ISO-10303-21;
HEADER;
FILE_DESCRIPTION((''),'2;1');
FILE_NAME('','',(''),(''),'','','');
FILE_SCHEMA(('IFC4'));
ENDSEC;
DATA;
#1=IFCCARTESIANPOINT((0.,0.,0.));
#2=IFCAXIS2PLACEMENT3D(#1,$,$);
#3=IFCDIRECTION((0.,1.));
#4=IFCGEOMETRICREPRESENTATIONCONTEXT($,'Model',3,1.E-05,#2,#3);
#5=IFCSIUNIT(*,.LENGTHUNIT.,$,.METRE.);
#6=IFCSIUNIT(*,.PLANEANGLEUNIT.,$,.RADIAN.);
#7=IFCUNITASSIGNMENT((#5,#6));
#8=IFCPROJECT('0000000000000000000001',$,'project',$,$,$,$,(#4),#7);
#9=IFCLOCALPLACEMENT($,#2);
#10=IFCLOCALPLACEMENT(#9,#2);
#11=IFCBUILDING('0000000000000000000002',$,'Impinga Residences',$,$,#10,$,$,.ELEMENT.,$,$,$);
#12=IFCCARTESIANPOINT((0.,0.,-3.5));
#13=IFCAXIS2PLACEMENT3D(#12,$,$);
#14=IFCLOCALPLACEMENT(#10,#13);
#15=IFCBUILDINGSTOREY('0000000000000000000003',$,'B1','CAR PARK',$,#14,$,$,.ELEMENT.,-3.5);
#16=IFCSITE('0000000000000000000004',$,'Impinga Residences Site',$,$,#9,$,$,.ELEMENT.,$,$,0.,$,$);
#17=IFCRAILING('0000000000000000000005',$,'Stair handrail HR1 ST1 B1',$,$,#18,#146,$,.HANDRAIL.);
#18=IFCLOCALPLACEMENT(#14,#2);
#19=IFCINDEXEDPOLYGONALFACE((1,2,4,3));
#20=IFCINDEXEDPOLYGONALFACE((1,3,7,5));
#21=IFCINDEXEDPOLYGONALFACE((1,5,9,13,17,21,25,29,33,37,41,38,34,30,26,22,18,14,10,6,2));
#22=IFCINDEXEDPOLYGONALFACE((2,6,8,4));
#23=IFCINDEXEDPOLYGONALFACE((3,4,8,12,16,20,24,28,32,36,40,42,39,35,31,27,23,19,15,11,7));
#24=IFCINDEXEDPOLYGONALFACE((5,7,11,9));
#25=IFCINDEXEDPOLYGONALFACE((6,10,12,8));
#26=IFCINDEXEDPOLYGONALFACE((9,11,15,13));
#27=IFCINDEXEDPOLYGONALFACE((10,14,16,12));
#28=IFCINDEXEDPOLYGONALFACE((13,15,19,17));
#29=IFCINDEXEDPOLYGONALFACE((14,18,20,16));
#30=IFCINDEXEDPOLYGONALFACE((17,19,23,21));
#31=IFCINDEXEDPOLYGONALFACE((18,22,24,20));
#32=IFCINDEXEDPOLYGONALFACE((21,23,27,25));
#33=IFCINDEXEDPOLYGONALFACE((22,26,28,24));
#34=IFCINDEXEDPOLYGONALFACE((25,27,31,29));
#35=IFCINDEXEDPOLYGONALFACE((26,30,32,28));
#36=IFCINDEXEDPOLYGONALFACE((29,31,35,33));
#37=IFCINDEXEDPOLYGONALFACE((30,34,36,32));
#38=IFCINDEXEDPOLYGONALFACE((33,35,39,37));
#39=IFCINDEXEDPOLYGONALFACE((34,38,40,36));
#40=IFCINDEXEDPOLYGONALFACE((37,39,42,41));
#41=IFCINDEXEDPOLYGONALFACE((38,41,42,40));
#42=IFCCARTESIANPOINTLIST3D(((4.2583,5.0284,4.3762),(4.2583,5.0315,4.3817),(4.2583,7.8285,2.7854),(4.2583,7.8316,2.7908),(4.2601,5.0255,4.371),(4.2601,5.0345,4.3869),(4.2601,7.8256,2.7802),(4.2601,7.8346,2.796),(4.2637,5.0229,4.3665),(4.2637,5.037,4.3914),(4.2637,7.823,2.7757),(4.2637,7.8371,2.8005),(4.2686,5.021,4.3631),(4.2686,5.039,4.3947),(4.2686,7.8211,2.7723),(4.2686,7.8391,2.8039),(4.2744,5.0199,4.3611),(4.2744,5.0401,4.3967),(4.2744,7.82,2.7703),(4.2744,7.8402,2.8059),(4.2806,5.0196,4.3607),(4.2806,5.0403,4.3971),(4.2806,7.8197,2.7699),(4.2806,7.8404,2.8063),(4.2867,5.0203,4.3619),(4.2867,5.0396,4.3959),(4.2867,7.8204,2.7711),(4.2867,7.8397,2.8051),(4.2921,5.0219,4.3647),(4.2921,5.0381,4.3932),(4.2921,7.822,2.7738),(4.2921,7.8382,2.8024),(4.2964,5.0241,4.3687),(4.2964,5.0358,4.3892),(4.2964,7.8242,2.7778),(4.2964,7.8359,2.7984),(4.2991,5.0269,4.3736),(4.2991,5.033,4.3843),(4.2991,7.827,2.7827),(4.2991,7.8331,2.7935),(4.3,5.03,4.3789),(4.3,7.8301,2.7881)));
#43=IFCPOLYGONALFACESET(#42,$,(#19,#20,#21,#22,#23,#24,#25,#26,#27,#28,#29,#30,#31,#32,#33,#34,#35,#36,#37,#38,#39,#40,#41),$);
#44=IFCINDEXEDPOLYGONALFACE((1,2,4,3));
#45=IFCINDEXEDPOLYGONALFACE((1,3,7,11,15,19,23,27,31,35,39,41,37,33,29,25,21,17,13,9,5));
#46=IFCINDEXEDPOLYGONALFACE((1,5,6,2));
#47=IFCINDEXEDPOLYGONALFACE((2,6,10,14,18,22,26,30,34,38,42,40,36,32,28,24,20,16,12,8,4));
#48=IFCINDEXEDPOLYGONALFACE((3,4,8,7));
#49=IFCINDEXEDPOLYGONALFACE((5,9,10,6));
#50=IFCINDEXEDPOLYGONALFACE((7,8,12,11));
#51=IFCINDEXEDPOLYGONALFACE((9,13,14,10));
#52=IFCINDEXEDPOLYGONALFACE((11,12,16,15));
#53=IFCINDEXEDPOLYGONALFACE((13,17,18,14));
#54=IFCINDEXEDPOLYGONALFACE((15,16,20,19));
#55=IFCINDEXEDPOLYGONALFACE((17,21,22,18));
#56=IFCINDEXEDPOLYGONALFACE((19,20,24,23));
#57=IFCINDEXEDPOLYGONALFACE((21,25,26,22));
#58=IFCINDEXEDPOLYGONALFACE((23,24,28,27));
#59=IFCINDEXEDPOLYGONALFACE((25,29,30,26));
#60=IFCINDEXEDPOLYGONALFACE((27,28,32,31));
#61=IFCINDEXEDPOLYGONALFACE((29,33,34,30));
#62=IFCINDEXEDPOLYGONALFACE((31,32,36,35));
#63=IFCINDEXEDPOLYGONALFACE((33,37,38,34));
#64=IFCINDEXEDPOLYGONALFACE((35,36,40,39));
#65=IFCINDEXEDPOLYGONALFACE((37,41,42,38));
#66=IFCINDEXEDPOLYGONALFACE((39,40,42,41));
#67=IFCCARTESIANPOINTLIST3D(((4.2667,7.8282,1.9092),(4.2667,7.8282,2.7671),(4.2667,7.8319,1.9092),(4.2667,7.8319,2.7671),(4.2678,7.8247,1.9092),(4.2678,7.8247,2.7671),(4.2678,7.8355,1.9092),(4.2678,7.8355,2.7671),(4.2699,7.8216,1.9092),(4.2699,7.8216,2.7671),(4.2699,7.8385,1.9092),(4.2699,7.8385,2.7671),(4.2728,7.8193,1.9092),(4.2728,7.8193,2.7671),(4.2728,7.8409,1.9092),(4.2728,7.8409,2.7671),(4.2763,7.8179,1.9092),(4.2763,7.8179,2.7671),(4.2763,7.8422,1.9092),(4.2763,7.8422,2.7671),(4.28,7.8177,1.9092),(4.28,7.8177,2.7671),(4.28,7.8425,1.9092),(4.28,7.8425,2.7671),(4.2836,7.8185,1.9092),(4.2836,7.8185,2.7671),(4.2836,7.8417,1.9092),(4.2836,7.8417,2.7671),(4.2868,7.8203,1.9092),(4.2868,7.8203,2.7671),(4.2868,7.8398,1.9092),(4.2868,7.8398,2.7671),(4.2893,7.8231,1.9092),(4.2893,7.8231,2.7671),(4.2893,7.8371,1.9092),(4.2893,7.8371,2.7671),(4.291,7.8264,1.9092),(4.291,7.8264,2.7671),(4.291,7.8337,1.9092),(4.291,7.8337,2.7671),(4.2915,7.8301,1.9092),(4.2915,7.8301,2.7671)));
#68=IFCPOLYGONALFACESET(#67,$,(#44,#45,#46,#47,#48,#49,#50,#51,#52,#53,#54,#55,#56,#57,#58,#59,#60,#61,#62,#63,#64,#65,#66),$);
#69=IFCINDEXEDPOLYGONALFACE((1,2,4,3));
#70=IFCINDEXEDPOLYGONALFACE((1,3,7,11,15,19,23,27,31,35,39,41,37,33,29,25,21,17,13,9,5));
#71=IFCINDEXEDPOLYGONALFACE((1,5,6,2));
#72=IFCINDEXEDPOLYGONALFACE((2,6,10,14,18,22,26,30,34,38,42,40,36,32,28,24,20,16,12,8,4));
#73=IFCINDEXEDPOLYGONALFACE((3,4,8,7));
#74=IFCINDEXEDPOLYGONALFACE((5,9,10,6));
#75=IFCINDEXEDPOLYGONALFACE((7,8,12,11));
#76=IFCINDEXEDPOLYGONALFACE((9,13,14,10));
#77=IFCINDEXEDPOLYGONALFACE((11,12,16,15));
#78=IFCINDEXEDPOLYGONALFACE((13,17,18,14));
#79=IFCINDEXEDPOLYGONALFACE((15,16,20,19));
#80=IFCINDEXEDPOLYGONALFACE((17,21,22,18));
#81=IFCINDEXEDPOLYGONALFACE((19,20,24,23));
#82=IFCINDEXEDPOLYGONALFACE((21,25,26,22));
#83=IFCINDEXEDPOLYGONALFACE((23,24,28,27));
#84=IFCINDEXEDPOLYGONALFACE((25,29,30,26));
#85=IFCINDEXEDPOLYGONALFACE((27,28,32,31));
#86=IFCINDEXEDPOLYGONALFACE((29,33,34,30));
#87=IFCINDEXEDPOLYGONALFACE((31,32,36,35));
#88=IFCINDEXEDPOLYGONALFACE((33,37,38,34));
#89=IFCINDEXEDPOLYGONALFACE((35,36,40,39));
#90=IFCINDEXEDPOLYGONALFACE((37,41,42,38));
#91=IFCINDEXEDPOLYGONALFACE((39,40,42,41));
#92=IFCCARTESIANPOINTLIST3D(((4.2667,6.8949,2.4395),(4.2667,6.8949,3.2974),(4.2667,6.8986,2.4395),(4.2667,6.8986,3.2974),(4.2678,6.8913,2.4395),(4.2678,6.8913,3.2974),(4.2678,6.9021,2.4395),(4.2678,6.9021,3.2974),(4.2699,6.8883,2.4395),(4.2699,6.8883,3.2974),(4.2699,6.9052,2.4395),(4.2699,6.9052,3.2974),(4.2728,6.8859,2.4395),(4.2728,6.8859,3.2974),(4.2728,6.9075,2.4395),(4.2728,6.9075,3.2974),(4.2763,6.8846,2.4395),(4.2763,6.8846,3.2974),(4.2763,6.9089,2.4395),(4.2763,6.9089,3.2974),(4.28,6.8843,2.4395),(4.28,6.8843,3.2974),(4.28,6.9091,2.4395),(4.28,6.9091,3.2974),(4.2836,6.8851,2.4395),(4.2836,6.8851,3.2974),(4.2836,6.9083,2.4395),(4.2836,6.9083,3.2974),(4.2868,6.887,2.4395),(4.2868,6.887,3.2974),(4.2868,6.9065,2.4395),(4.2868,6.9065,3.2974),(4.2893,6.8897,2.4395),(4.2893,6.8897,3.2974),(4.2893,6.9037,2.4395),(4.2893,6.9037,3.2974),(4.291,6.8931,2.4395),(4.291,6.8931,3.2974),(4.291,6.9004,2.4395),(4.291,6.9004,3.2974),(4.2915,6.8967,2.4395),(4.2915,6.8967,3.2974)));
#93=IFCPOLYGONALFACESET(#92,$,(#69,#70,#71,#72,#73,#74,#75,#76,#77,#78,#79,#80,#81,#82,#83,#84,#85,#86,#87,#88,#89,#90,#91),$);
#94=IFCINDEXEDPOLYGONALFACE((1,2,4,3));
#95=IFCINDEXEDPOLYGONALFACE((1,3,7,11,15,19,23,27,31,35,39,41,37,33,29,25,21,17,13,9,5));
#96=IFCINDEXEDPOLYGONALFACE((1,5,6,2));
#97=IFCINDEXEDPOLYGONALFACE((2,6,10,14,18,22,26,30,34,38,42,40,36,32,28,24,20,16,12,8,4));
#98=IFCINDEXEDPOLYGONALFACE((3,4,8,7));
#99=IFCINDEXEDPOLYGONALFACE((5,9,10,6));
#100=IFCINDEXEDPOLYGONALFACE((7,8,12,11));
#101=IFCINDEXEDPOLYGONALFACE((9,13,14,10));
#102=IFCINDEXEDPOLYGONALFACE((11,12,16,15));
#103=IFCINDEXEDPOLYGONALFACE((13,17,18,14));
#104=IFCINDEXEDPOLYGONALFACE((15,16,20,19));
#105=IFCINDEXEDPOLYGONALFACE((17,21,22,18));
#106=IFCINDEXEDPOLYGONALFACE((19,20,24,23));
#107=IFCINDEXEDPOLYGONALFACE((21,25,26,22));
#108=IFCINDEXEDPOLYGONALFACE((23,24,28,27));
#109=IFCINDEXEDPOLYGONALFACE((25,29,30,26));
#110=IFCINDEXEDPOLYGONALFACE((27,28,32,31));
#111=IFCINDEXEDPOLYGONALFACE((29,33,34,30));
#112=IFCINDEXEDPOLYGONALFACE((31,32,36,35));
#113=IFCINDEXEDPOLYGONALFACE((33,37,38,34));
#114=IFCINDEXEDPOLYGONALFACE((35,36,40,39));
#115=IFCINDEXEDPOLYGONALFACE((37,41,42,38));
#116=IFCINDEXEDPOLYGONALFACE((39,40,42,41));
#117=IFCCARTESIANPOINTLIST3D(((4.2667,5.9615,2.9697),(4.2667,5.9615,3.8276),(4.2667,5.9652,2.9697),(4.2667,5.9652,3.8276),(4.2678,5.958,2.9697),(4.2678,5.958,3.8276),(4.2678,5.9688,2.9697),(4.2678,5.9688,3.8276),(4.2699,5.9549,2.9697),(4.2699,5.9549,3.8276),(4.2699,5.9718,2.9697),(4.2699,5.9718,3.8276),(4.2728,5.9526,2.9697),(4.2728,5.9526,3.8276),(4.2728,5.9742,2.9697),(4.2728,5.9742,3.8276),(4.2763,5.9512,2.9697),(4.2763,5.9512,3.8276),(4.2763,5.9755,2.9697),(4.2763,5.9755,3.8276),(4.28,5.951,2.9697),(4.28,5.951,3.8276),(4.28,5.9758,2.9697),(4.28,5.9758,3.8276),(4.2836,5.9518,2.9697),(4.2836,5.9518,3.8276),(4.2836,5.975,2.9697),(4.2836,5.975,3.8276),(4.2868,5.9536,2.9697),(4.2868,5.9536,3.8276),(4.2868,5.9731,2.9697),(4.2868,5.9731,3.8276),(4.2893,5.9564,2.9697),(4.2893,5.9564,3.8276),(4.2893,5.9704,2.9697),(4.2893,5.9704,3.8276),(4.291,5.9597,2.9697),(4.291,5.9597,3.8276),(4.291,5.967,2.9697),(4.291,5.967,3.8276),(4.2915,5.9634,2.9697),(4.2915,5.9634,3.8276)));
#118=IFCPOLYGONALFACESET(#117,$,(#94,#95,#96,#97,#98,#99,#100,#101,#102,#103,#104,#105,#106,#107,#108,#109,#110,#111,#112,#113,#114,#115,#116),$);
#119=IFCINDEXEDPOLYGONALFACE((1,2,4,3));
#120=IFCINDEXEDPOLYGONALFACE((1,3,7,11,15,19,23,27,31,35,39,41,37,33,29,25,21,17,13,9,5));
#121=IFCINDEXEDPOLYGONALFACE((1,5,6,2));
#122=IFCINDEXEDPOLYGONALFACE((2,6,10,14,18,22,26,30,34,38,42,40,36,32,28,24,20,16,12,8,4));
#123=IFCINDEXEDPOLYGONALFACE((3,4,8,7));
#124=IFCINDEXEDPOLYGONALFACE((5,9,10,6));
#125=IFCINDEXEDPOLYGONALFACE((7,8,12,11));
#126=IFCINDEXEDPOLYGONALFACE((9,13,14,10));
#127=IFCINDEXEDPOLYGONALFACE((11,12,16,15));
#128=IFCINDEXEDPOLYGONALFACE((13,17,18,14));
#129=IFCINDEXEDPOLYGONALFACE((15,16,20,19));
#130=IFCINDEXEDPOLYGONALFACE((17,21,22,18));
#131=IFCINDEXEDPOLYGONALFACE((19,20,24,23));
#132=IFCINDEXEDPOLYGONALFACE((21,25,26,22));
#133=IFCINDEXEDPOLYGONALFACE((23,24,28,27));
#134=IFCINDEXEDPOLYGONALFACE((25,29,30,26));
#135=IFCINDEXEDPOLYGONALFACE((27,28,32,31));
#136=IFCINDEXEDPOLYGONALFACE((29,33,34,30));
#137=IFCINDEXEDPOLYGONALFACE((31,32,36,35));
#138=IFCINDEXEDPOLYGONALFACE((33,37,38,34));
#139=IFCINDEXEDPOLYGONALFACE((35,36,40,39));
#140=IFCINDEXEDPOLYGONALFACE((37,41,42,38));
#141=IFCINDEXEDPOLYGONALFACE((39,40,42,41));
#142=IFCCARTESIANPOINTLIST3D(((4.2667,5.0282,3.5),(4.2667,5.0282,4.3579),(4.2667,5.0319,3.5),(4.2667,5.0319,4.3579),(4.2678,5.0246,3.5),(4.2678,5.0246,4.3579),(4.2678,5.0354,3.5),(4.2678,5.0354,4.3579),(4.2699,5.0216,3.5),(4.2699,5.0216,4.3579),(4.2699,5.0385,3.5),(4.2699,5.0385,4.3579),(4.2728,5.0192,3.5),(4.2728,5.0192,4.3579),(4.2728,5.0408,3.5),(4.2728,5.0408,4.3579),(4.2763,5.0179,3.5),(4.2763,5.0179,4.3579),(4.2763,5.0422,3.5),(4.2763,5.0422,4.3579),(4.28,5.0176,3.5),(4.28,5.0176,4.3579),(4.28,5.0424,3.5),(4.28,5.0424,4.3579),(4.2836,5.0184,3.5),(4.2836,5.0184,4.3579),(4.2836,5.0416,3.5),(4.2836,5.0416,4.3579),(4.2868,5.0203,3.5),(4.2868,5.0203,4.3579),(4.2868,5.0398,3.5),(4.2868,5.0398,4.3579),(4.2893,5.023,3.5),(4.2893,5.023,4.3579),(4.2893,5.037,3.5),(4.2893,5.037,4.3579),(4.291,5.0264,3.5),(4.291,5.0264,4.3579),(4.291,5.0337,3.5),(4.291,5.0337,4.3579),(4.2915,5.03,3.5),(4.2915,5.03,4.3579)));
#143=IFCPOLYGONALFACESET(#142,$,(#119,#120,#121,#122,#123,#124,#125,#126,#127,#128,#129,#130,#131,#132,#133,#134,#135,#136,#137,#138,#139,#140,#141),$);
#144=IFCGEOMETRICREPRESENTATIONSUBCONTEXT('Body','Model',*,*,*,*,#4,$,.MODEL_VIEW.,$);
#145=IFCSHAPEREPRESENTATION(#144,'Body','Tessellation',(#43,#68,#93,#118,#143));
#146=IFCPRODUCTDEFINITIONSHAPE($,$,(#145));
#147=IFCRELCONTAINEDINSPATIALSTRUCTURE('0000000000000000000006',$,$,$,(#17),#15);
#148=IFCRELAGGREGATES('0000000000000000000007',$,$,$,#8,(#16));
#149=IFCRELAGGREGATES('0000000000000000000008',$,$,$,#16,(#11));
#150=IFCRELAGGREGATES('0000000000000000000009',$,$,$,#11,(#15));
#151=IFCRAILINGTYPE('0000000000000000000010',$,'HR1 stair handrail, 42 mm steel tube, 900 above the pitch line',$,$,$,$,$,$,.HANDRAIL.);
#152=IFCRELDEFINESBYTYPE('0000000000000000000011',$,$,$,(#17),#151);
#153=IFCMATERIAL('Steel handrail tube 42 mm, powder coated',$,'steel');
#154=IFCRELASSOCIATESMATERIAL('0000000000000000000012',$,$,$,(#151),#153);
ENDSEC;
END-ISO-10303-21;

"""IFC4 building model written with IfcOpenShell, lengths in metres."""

from ifc_helpers import new_model, si_unit, direction, frame, origin, origin_2d, place, context, subcontext, project, spatial, circle, extrude, material, type_object, element, save


model = new_model("IFC4")

# Units and contexts
model_context = context("Model", 3, precision=1e-05, world=origin(), true_north=direction((0.0, 1.0)))
body_context = subcontext(model_context, "Body", "Model", "MODEL_VIEW")
ifc_project = project(units=[si_unit("LENGTHUNIT", "METRE"), si_unit("PLANEANGLEUNIT", "RADIAN")], contexts=[model_context])

# Site, building, storey
site_placement = place(None, origin())
site = spatial("IfcSite", under=ifc_project, at=site_placement, Name="Impinga Residences Site", CompositionType="ELEMENT", RefElevation=0.0)
building_placement = place(site_placement, origin())
building = spatial("IfcBuilding", under=site, at=building_placement, Name="Impinga Residences", CompositionType="ELEMENT")
storey_placement = place(building_placement, frame((0.0, 0.0, -3.5)))
storey = spatial("IfcBuildingStorey", under=building, at=storey_placement, Name="B1", Description="CAR PARK", CompositionType="ELEMENT", Elevation=-3.5)

# Railing
ifc_material_1 = material(Name="Steel handrail tube 42 mm, powder coated", Category="steel")
railing_type_1 = type_object("IfcRailingType", Name="HR1 stair handrail, 42 mm steel tube, 900 above the pitch line", PredefinedType="HANDRAIL", material=ifc_material_1)
railing_1_placement = place(storey_placement, frame((4.2791, 7.8301, 1.9092)))
element("IfcRailing", 1, at=railing_1_placement, inside=storey, type_object=railing_type_1, Name="Stair handrail HR1 ST1 B1", PredefinedType="HANDRAIL", context=body_context, shape_type="SweptSolid", body=[
    extrude(circle(Radius=0.021, at=origin_2d()), frame((0.0, 0.0, 0.8789), z_axis=(0.0, -0.869472, 0.493982), x_axis=(1.0, 0.0, 0.0)), (0.0, 0.0, 1.0), 3.2205),
    extrude(circle(Radius=0.0125, at=origin_2d()), origin(), (0.0, 0.0, 1.0), 0.8579),
    extrude(circle(Radius=0.0125, at=origin_2d()), frame((0.0, -0.9333, 0.5303)), (0.0, 0.0, 1.0), 0.8579),
    extrude(circle(Radius=0.0125, at=origin_2d()), frame((0.0, -1.8667, 1.0605)), (0.0, 0.0, 1.0), 0.8579),
    extrude(circle(Radius=0.0125, at=origin_2d()), frame((0.0, -2.8, 1.5908)), (0.0, 0.0, 1.0), 0.8579),
])

save(model, "model.ifc")
